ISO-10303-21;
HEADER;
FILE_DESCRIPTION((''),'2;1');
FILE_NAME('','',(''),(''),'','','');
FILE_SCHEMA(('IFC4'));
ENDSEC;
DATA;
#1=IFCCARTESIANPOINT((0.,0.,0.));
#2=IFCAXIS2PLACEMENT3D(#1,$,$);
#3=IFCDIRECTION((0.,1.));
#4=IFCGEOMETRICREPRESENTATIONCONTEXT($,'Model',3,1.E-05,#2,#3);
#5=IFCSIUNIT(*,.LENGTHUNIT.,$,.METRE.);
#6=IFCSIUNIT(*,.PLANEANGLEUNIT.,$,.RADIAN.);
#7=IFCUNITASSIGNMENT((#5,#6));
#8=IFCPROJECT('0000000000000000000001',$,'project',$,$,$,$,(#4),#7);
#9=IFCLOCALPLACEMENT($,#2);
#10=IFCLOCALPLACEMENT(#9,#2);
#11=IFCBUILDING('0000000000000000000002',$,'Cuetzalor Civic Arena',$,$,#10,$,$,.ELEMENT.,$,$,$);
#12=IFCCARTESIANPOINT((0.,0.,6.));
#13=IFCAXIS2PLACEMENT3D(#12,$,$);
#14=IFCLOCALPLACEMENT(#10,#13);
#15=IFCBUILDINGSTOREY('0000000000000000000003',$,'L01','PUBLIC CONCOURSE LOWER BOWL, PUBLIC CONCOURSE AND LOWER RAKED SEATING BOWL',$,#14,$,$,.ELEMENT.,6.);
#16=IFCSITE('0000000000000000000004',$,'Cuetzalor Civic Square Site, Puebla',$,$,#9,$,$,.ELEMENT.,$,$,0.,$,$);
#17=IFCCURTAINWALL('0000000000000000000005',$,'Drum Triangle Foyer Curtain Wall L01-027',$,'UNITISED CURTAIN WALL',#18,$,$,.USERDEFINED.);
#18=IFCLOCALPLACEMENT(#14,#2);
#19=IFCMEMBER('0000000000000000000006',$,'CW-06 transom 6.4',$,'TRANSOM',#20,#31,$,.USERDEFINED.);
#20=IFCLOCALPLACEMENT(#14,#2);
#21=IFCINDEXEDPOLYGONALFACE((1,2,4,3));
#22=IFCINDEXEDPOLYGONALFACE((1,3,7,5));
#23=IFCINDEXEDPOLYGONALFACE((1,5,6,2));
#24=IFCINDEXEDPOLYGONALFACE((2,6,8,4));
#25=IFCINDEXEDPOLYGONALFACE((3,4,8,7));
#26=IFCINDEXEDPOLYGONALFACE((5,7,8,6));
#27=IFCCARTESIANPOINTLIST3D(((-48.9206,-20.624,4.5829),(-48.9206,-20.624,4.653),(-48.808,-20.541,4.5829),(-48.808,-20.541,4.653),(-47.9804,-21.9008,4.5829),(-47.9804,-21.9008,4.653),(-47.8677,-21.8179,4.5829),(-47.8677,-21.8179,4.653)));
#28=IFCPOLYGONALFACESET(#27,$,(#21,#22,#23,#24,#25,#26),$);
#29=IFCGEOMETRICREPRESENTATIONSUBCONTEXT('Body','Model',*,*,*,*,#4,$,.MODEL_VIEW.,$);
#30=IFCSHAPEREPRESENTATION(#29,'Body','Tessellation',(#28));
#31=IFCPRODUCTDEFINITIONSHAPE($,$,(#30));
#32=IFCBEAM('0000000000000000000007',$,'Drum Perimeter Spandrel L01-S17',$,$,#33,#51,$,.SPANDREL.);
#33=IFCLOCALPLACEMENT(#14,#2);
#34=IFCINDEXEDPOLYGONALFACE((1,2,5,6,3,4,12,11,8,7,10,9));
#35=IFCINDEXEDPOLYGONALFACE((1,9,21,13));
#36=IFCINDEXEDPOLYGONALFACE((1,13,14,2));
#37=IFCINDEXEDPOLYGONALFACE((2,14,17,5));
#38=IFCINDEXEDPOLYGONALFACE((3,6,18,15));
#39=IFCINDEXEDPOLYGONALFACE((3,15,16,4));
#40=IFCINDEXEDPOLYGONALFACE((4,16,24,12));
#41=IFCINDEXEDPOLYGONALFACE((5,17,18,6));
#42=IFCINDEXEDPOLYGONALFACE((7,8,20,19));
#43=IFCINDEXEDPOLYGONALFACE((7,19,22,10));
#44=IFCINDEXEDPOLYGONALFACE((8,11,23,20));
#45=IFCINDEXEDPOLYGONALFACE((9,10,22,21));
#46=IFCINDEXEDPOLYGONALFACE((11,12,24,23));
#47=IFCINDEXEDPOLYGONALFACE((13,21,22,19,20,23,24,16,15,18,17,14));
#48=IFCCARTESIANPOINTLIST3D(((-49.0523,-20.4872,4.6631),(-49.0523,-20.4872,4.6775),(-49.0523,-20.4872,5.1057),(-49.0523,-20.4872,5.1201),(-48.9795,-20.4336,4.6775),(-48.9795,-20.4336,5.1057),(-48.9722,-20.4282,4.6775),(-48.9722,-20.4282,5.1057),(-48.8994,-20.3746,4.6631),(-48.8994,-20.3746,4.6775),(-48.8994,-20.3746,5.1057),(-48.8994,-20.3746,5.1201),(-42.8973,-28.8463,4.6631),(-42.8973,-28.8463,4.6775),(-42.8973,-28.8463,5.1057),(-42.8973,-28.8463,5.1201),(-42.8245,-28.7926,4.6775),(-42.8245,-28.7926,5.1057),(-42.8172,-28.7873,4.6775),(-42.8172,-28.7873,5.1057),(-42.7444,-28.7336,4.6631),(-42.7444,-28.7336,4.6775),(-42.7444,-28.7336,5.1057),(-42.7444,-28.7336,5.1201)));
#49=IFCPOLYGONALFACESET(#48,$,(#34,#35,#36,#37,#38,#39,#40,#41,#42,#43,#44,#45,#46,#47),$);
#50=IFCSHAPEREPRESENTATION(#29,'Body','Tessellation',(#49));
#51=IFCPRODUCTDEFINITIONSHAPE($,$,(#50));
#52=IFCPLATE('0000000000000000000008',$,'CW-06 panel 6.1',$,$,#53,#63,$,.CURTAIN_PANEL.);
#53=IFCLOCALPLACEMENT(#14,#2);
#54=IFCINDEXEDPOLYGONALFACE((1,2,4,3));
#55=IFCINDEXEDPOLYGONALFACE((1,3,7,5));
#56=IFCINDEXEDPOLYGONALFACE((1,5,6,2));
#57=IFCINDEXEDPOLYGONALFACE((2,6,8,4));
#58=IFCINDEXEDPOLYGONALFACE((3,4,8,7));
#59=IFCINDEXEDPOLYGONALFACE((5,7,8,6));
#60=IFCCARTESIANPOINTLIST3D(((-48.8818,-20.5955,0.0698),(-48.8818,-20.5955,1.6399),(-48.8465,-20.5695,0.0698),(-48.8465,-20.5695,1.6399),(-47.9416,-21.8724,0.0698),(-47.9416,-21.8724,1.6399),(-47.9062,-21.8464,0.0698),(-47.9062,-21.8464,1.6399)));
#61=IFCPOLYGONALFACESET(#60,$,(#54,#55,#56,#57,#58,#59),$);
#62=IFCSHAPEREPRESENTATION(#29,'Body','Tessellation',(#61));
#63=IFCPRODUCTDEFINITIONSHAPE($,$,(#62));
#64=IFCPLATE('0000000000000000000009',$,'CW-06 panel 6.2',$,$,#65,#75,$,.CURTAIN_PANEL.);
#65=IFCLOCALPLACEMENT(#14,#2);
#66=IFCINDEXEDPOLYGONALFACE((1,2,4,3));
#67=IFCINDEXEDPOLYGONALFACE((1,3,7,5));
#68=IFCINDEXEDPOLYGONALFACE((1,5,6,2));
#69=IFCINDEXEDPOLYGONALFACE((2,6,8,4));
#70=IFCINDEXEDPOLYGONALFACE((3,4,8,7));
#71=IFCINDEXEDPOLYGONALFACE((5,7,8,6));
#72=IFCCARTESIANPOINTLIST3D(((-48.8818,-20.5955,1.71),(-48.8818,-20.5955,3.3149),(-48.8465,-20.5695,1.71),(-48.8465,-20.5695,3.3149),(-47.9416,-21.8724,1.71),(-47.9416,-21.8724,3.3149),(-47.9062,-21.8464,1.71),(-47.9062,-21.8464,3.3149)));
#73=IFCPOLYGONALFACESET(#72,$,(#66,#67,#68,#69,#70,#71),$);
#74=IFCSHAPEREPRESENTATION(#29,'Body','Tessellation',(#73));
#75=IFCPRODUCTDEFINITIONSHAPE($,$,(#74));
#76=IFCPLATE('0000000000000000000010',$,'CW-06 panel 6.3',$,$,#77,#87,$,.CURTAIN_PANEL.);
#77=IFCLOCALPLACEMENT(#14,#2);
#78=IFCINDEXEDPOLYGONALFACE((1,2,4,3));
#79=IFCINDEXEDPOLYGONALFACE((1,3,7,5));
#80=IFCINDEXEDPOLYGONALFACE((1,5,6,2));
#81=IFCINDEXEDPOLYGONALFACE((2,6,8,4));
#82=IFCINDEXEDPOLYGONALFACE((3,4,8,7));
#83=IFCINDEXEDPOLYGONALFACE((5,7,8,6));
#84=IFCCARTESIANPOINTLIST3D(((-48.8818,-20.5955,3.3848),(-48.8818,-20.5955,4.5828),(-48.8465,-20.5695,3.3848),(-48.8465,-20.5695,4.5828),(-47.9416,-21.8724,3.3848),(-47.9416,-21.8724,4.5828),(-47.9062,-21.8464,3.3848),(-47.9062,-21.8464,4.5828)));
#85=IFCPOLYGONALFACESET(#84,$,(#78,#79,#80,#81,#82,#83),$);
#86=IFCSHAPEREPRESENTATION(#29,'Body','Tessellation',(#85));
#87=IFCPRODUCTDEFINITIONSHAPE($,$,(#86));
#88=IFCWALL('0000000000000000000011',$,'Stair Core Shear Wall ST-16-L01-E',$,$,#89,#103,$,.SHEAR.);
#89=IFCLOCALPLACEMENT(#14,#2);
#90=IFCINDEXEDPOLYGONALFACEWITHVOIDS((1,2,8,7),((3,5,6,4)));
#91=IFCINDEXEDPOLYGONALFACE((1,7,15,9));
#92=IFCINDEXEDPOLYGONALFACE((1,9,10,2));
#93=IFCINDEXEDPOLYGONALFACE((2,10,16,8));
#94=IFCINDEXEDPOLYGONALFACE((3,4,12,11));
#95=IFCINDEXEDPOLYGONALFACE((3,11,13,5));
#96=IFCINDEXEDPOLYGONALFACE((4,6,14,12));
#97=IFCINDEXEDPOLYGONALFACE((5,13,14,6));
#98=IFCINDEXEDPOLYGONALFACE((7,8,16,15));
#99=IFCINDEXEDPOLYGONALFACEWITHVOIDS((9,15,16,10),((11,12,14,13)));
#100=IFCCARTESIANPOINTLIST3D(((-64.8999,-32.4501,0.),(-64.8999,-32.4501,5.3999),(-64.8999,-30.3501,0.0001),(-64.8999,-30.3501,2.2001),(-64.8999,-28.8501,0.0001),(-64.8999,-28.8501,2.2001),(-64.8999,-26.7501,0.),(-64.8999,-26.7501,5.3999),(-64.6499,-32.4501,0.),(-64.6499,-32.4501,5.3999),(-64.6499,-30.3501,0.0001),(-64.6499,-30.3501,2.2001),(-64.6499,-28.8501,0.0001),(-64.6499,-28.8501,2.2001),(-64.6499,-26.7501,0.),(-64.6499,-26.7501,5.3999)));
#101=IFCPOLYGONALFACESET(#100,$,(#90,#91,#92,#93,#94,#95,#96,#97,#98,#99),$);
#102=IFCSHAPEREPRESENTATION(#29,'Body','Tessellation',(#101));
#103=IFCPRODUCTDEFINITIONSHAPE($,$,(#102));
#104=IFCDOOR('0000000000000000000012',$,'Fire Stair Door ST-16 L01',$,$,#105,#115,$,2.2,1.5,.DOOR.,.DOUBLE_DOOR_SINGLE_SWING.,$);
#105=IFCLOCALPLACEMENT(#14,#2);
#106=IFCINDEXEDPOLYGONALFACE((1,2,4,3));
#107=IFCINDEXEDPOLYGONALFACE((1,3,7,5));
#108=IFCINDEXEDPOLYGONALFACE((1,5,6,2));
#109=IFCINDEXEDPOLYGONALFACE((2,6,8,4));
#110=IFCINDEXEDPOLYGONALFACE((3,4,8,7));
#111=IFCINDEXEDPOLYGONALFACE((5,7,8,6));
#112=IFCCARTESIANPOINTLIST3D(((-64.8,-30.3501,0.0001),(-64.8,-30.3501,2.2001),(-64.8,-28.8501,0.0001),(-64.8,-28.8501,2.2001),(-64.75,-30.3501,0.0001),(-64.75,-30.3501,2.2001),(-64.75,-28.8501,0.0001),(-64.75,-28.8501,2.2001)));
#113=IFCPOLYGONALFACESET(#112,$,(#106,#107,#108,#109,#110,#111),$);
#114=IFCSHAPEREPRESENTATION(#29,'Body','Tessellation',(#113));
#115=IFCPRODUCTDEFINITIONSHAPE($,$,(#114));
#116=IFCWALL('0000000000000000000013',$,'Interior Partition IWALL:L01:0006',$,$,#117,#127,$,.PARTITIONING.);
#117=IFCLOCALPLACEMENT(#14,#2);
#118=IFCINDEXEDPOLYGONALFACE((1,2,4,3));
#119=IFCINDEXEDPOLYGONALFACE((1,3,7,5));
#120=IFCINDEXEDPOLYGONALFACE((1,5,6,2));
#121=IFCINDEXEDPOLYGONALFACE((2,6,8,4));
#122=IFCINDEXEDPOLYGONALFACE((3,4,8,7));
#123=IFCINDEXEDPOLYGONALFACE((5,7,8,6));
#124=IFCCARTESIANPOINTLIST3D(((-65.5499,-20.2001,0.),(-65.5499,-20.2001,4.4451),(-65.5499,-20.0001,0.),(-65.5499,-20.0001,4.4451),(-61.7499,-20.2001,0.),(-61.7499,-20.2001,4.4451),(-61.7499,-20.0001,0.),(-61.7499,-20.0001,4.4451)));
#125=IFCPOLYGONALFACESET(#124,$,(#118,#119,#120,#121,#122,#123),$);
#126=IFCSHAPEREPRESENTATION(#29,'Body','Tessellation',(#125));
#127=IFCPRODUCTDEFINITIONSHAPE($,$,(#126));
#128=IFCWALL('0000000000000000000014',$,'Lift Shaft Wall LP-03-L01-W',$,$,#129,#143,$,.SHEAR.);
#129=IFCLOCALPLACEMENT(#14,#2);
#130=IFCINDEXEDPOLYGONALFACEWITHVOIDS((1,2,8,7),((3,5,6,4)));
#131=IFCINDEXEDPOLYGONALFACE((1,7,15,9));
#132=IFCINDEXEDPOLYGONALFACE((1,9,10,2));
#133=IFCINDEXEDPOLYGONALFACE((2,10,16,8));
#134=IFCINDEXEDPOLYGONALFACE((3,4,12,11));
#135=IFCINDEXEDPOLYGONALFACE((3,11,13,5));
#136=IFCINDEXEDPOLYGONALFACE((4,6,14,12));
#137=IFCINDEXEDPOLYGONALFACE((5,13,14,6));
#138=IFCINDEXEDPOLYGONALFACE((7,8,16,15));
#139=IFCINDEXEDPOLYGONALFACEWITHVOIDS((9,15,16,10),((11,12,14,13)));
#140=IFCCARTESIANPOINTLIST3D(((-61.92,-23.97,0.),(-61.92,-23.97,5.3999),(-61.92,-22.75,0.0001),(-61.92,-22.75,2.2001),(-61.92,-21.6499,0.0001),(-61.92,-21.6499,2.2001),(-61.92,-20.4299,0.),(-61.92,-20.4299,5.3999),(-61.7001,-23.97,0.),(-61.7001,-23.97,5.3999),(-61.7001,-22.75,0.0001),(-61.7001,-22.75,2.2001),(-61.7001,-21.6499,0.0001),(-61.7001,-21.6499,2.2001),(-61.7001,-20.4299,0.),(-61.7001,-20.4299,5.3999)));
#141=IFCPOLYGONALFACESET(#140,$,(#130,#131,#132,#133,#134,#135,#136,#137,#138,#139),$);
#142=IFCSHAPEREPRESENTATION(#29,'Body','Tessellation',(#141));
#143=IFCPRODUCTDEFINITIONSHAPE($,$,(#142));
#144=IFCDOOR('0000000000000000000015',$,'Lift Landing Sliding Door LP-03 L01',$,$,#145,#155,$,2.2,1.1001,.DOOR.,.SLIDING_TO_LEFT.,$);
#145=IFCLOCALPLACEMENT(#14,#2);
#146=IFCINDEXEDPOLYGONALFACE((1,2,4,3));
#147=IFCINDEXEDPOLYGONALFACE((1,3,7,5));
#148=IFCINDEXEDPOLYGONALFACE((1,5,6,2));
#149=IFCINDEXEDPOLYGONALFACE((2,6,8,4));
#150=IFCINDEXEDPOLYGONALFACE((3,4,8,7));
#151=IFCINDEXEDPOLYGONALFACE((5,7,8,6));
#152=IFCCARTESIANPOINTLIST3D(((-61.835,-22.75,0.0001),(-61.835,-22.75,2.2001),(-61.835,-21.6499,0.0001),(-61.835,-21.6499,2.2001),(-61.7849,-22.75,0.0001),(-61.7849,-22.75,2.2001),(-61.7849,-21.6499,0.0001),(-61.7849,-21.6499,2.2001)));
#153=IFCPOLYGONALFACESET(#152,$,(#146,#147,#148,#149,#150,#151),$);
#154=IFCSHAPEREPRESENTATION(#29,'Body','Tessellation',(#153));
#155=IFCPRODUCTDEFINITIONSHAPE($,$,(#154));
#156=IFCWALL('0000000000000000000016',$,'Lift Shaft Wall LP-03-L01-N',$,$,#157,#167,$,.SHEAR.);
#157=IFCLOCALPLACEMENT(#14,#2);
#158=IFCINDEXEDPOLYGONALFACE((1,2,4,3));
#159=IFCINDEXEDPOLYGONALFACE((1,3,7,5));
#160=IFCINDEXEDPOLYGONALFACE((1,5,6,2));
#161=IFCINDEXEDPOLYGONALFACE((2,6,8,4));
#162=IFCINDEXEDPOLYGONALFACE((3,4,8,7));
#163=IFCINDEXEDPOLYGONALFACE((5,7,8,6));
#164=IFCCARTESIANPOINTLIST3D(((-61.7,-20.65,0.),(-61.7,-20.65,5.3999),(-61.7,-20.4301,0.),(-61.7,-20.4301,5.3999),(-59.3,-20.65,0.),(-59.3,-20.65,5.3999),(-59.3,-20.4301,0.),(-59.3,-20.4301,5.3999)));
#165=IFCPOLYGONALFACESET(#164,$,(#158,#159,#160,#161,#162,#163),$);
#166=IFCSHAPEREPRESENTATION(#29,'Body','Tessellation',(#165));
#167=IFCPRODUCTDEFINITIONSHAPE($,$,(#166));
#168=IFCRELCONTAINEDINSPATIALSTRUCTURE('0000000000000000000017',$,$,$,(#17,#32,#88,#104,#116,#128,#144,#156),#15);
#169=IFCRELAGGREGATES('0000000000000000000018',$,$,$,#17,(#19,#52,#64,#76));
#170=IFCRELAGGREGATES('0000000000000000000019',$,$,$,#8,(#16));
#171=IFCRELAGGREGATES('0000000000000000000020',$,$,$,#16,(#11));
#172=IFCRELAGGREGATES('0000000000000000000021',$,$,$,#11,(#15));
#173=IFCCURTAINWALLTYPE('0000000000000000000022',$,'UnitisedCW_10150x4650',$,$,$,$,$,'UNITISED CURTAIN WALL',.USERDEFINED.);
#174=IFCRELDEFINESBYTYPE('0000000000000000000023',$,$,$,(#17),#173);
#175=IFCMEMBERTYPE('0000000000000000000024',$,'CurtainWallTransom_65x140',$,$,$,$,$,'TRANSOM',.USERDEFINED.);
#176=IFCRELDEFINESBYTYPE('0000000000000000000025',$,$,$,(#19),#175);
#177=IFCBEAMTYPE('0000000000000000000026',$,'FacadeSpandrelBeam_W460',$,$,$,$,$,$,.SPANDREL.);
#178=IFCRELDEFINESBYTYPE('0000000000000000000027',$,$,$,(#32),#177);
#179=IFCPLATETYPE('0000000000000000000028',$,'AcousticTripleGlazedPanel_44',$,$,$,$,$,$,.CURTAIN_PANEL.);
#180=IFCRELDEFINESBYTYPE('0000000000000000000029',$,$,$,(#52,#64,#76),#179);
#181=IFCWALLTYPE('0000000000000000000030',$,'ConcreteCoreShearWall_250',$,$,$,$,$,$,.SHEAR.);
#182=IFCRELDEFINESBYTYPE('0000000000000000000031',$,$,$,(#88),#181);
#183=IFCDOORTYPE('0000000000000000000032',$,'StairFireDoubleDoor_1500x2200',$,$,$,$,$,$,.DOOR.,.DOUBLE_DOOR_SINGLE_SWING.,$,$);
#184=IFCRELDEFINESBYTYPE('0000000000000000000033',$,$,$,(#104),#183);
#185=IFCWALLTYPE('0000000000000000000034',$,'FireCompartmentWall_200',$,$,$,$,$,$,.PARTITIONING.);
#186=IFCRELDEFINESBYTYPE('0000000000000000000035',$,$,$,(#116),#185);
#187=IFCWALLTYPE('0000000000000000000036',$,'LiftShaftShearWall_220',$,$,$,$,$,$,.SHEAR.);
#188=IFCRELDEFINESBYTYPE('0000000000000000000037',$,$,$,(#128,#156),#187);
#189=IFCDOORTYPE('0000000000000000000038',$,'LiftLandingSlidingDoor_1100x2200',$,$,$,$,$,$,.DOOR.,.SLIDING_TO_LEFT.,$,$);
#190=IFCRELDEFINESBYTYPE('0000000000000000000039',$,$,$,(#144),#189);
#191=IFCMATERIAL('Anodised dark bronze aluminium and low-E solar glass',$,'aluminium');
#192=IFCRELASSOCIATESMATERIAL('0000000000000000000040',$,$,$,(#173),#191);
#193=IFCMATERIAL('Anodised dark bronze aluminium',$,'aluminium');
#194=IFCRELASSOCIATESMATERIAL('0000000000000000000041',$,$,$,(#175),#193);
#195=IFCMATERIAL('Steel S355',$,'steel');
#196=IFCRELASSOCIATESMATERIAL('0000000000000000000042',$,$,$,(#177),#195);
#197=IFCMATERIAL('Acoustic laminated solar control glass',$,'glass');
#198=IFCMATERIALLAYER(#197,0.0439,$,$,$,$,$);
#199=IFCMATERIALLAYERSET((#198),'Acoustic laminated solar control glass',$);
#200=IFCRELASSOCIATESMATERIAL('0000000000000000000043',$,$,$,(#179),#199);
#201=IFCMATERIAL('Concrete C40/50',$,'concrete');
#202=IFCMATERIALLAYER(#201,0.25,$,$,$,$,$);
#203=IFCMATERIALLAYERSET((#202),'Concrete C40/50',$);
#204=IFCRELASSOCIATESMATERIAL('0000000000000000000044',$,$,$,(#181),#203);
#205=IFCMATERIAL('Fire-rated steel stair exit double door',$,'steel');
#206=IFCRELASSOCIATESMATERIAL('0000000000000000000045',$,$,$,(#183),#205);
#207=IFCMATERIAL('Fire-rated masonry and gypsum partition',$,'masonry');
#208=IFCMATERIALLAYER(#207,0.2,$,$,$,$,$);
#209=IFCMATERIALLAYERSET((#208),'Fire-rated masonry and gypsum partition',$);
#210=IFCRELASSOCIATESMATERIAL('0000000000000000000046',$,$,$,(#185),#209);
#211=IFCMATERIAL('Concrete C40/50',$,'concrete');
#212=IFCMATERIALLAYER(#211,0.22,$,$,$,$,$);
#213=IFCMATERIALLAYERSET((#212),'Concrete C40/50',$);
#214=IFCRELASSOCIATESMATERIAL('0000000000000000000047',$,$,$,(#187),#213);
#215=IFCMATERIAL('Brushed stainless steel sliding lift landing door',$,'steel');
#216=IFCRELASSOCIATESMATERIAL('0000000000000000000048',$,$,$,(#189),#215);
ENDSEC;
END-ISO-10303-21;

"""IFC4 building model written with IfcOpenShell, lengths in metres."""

from ifc_helpers import new_model, si_unit, direction, frame, frame_2d, origin, origin_2d, place, context, subcontext, project, spatial, rectangle, i_section, extrude, material, layer, layer_set, material_profile, profile_set, type_object, element, fill, aggregate, save


model = new_model("IFC4")

# Units and contexts
model_context = context("Model", 3, precision=1e-05, world=origin(), true_north=direction((0.0, 1.0)))
body_context = subcontext(model_context, "Body", "Model", "MODEL_VIEW")
ifc_project = project(units=[si_unit("LENGTHUNIT", "METRE"), si_unit("PLANEANGLEUNIT", "RADIAN")], contexts=[model_context])

# Site, building, storey
site_placement = place(None, origin())
site = spatial("IfcSite", under=ifc_project, at=site_placement, Name="Cuetzalor Civic Square Site, Puebla", CompositionType="ELEMENT", RefElevation=0.0)
building_placement = place(site_placement, origin())
building = spatial("IfcBuilding", under=site, at=building_placement, Name="Cuetzalor Civic Arena", CompositionType="ELEMENT")
storey_placement = place(building_placement, frame((0.0, 0.0, 6.0)))
storey = spatial("IfcBuildingStorey", under=building, at=storey_placement, Name="L01", Description="PUBLIC CONCOURSE LOWER BOWL, PUBLIC CONCOURSE AND LOWER RAKED SEATING BOWL", CompositionType="ELEMENT", Elevation=6.0)

# Curtain wall, member
ifc_material_1 = material(Name="Anodised dark bronze aluminium and low-E solar glass", Category="aluminium")
curtain_wall_type = type_object("IfcCurtainWallType", Name="UnitisedCW_10150x4650", ElementType="UNITISED CURTAIN WALL", PredefinedType="USERDEFINED", material=ifc_material_1)
curtain_wall_placement = place(storey_placement, origin())
curtain_wall = element("IfcCurtainWall", 1, at=curtain_wall_placement, inside=storey, type_object=curtain_wall_type, Name="Drum Triangle Foyer Curtain Wall L01-027", ObjectType="UNITISED CURTAIN WALL", PredefinedType="USERDEFINED")
ifc_material_2 = material(Name="Anodised dark bronze aluminium", Category="aluminium")
ifc_material_profile_1 = material_profile(ifc_material_2, rectangle(XDim=0.1399, YDim=0.0701, at=origin_2d()), Name="ALU TRANSOM 70x140")
ifc_profile_set_1 = profile_set([ifc_material_profile_1], Name="Anodised dark bronze aluminium")
member_type_1 = type_object("IfcMemberType", Name="CurtainWallTransom_65x140", ElementType="TRANSOM", PredefinedType="USERDEFINED", material=ifc_profile_set_1)
member_1_placement = place(storey_placement, frame((-47.9241, -21.8594, 4.6179), z_axis=(-0.592931, 0.805253, 0.0), x_axis=(-0.805253, -0.592931, 0.0)))
member_1 = element("IfcMember", 2, at=member_1_placement, type_object=member_type_1, Name="CW-06 transom 6.4", ObjectType="TRANSOM", PredefinedType="USERDEFINED", context=body_context, shape_type="SweptSolid", body=[
    extrude(rectangle(XDim=0.1399, YDim=0.0701, at=origin_2d()), origin(), (0.0, 0.0, 1.0), 1.5857),
])

# Beam
ifc_material_3 = material(Name="Steel S355", Category="steel")
ifc_material_profile_2 = material_profile(ifc_material_3, i_section(OverallWidth=0.1899, OverallDepth=0.457, WebThickness=0.009, FlangeThickness=0.0144, at=origin_2d()), Name="W460x74")
ifc_profile_set_2 = profile_set([ifc_material_profile_2], Name="Steel S355")
beam_type_1 = type_object("IfcBeamType", Name="FacadeSpandrelBeam_W460", PredefinedType="SPANDREL", material=ifc_profile_set_2)
beam_1_placement = place(storey_placement, frame((-48.9758, -20.4309, 4.8916), z_axis=(0.592929, -0.805255, 0.0), x_axis=(0.805255, 0.592929, 0.0)))
element("IfcBeam", 3, at=beam_1_placement, inside=storey, type_object=beam_type_1, Name="Drum Perimeter Spandrel L01-S17", PredefinedType="SPANDREL", context=body_context, shape_type="SweptSolid", body=[
    extrude(i_section(OverallWidth=0.1899, OverallDepth=0.457, WebThickness=0.009, FlangeThickness=0.0144, at=origin_2d()), origin(), (0.0, 0.0, 1.0), 10.3806),
])

# Plates
ifc_material_4 = material(Name="Acoustic laminated solar control glass", Category="glass")
ifc_layer_1 = layer(ifc_material_4, 0.0439)
ifc_layer_set_1 = layer_set([ifc_layer_1], Name="Acoustic laminated solar control glass")
plate_type = type_object("IfcPlateType", Name="AcousticTripleGlazedPanel_44", PredefinedType="CURTAIN_PANEL", material=ifc_layer_set_1)
plate_1_placement = place(storey_placement, frame((-48.394, -21.2209, 0.0698), z_axis=(0.0, 0.0, 1.0), x_axis=(-0.592929, 0.805255, 0.0)))
plate_1 = element("IfcPlate", 4, at=plate_1_placement, type_object=plate_type, Name="CW-06 panel 6.1", PredefinedType="CURTAIN_PANEL", context=body_context, shape_type="SweptSolid", body=[
    extrude(rectangle(XDim=1.5857, YDim=0.0439, at=origin_2d()), origin(), (0.0, 0.0, 1.0), 1.5701),
])
plate_2_placement = place(storey_placement, frame((-48.394, -21.2209, 1.71), z_axis=(0.0, 0.0, 1.0), x_axis=(-0.592929, 0.805255, 0.0)))
plate_2 = element("IfcPlate", 5, at=plate_2_placement, type_object=plate_type, Name="CW-06 panel 6.2", PredefinedType="CURTAIN_PANEL", context=body_context, shape_type="SweptSolid", body=[
    extrude(rectangle(XDim=1.5857, YDim=0.0439, at=origin_2d()), origin(), (0.0, 0.0, 1.0), 1.605),
])
plate_3_placement = place(storey_placement, frame((-48.394, -21.2209, 3.3848), z_axis=(0.0, 0.0, 1.0), x_axis=(-0.592929, 0.805255, 0.0)))
plate_3 = element("IfcPlate", 6, at=plate_3_placement, type_object=plate_type, Name="CW-06 panel 6.3", PredefinedType="CURTAIN_PANEL", context=body_context, shape_type="SweptSolid", body=[
    extrude(rectangle(XDim=1.5857, YDim=0.0439, at=origin_2d()), origin(), (0.0, 0.0, 1.0), 1.198),
])
aggregate(curtain_wall, [member_1, plate_1, plate_2, plate_3])

# Wall, opening, door
ifc_material_5 = material(Name="Concrete C40/50", Category="concrete")
ifc_layer_2 = layer(ifc_material_5, 0.25)
ifc_layer_set_2 = layer_set([ifc_layer_2], Name="Concrete C40/50")
wall_type_1 = type_object("IfcWallType", Name="ConcreteCoreShearWall_250", PredefinedType="SHEAR", material=ifc_layer_set_2)
wall_1_placement = place(storey_placement, frame((-64.7749, -26.75, 0.0), z_axis=(0.0, 0.0, 1.0), x_axis=(0.0, -1.0, 0.0)))
wall_1 = element("IfcWall", 7, at=wall_1_placement, inside=storey, type_object=wall_type_1, Name="Stair Core Shear Wall ST-16-L01-E", PredefinedType="SHEAR", context=body_context, shape_type="SweptSolid", body=[
    extrude(rectangle(XDim=5.7, YDim=0.25, at=frame_2d((2.8501, 0.0))), origin(), (0.0, 0.0, 1.0), 5.3999),
])
opening_1_placement = place(wall_1_placement, frame((2.1001, 0.0, 0.0)))
opening_1 = element("IfcOpeningElement", 8, at=opening_1_placement, cuts=wall_1, PredefinedType="OPENING", context=body_context, shape_type="SweptSolid", body=[
    extrude(rectangle(XDim=1.5, YDim=2.2, at=frame_2d((0.75, 1.1001))), frame((0.0, 0.135, 0.0), z_axis=(0.0, -1.0, 0.0), x_axis=(1.0, 0.0, 0.0)), (0.0, 0.0, 1.0), 0.27),
])
ifc_material_6 = material(Name="Fire-rated steel stair exit double door", Category="steel")
door_type_1 = type_object("IfcDoorType", Name="StairFireDoubleDoor_1500x2200", OperationType="DOUBLE_DOOR_SINGLE_SWING", PredefinedType="DOOR", material=ifc_material_6)
door_1_placement = place(opening_1_placement, origin())
door_1 = element("IfcDoor", 9, at=door_1_placement, inside=storey, type_object=door_type_1, Name="Fire Stair Door ST-16 L01", OperationType="DOUBLE_DOOR_SINGLE_SWING", OverallHeight=2.2, OverallWidth=1.5, PredefinedType="DOOR", context=body_context, shape_type="SweptSolid", body=[
    extrude(rectangle(XDim=1.5, YDim=2.2, at=frame_2d((0.75, 1.1001))), frame((0.0, 0.0249, 0.0), z_axis=(0.0, -1.0, 0.0), x_axis=(1.0, 0.0, 0.0)), (0.0, 0.0, 1.0), 0.05),
])
fill(opening_1, door_1)

# Wall
ifc_material_7 = material(Name="Fire-rated masonry and gypsum partition", Category="masonry")
ifc_layer_3 = layer(ifc_material_7, 0.2)
ifc_layer_set_3 = layer_set([ifc_layer_3], Name="Fire-rated masonry and gypsum partition")
wall_type_2 = type_object("IfcWallType", Name="FireCompartmentWall_200", PredefinedType="PARTITIONING", material=ifc_layer_set_3)
wall_2_placement = place(storey_placement, frame((-61.75, -20.1001, 0.0), z_axis=(0.0, 0.0, 1.0), x_axis=(-1.0, 0.0, 0.0)))
element("IfcWall", 10, at=wall_2_placement, inside=storey, type_object=wall_type_2, Name="Interior Partition IWALL:L01:0006", PredefinedType="PARTITIONING", context=body_context, shape_type="SweptSolid", body=[
    extrude(rectangle(XDim=3.8, YDim=0.2, at=frame_2d((1.8999, 0.0))), origin(), (0.0, 0.0, 1.0), 4.4451),
])

# Wall, opening, door
ifc_material_8 = material(Name="Concrete C40/50", Category="concrete")
ifc_layer_4 = layer(ifc_material_8, 0.22)
ifc_layer_set_4 = layer_set([ifc_layer_4], Name="Concrete C40/50")
wall_type_3 = type_object("IfcWallType", Name="LiftShaftShearWall_220", PredefinedType="SHEAR", material=ifc_layer_set_4)
wall_3_placement = place(storey_placement, frame((-61.8101, -23.97, 0.0), z_axis=(0.0, 0.0, 1.0), x_axis=(0.0, 1.0, 0.0)))
wall_3 = element("IfcWall", 11, at=wall_3_placement, inside=storey, type_object=wall_type_3, Name="Lift Shaft Wall LP-03-L01-W", PredefinedType="SHEAR", context=body_context, shape_type="SweptSolid", body=[
    extrude(rectangle(XDim=3.54, YDim=0.22, at=frame_2d((1.77, 0.0))), origin(), (0.0, 0.0, 1.0), 5.3999),
])
opening_2_placement = place(wall_3_placement, frame((1.22, 0.0, 0.0)))
opening_2 = element("IfcOpeningElement", 12, at=opening_2_placement, cuts=wall_3, PredefinedType="OPENING", context=body_context, shape_type="SweptSolid", body=[
    extrude(rectangle(XDim=1.1001, YDim=2.2, at=frame_2d((0.55, 1.1001))), frame((0.0, 0.1201, 0.0), z_axis=(0.0, -1.0, 0.0), x_axis=(1.0, 0.0, 0.0)), (0.0, 0.0, 1.0), 0.24),
])
ifc_material_9 = material(Name="Brushed stainless steel sliding lift landing door", Category="steel")
door_type_2 = type_object("IfcDoorType", Name="LiftLandingSlidingDoor_1100x2200", OperationType="SLIDING_TO_LEFT", PredefinedType="DOOR", material=ifc_material_9)
door_2_placement = place(opening_2_placement, origin())
door_2 = element("IfcDoor", 13, at=door_2_placement, inside=storey, type_object=door_type_2, Name="Lift Landing Sliding Door LP-03 L01", OperationType="SLIDING_TO_LEFT", OverallHeight=2.2, OverallWidth=1.1001, PredefinedType="DOOR", context=body_context, shape_type="SweptSolid", body=[
    extrude(rectangle(XDim=1.1001, YDim=2.2, at=frame_2d((0.55, 1.1001))), frame((0.0, 0.0249, 0.0), z_axis=(0.0, -1.0, 0.0), x_axis=(1.0, 0.0, 0.0)), (0.0, 0.0, 1.0), 0.05),
])
fill(opening_2, door_2)

# Wall
wall_4_placement = place(storey_placement, frame((-61.7, -20.54, 0.0), z_axis=(0.0, 0.0, 1.0), x_axis=(1.0, 0.0, 0.0)))
element("IfcWall", 14, at=wall_4_placement, inside=storey, type_object=wall_type_3, Name="Lift Shaft Wall LP-03-L01-N", PredefinedType="SHEAR", context=body_context, shape_type="SweptSolid", body=[
    extrude(rectangle(XDim=2.3999, YDim=0.22, at=frame_2d((1.2, 0.0))), origin(), (0.0, 0.0, 1.0), 5.3999),
])

save(model, "model.ifc")
